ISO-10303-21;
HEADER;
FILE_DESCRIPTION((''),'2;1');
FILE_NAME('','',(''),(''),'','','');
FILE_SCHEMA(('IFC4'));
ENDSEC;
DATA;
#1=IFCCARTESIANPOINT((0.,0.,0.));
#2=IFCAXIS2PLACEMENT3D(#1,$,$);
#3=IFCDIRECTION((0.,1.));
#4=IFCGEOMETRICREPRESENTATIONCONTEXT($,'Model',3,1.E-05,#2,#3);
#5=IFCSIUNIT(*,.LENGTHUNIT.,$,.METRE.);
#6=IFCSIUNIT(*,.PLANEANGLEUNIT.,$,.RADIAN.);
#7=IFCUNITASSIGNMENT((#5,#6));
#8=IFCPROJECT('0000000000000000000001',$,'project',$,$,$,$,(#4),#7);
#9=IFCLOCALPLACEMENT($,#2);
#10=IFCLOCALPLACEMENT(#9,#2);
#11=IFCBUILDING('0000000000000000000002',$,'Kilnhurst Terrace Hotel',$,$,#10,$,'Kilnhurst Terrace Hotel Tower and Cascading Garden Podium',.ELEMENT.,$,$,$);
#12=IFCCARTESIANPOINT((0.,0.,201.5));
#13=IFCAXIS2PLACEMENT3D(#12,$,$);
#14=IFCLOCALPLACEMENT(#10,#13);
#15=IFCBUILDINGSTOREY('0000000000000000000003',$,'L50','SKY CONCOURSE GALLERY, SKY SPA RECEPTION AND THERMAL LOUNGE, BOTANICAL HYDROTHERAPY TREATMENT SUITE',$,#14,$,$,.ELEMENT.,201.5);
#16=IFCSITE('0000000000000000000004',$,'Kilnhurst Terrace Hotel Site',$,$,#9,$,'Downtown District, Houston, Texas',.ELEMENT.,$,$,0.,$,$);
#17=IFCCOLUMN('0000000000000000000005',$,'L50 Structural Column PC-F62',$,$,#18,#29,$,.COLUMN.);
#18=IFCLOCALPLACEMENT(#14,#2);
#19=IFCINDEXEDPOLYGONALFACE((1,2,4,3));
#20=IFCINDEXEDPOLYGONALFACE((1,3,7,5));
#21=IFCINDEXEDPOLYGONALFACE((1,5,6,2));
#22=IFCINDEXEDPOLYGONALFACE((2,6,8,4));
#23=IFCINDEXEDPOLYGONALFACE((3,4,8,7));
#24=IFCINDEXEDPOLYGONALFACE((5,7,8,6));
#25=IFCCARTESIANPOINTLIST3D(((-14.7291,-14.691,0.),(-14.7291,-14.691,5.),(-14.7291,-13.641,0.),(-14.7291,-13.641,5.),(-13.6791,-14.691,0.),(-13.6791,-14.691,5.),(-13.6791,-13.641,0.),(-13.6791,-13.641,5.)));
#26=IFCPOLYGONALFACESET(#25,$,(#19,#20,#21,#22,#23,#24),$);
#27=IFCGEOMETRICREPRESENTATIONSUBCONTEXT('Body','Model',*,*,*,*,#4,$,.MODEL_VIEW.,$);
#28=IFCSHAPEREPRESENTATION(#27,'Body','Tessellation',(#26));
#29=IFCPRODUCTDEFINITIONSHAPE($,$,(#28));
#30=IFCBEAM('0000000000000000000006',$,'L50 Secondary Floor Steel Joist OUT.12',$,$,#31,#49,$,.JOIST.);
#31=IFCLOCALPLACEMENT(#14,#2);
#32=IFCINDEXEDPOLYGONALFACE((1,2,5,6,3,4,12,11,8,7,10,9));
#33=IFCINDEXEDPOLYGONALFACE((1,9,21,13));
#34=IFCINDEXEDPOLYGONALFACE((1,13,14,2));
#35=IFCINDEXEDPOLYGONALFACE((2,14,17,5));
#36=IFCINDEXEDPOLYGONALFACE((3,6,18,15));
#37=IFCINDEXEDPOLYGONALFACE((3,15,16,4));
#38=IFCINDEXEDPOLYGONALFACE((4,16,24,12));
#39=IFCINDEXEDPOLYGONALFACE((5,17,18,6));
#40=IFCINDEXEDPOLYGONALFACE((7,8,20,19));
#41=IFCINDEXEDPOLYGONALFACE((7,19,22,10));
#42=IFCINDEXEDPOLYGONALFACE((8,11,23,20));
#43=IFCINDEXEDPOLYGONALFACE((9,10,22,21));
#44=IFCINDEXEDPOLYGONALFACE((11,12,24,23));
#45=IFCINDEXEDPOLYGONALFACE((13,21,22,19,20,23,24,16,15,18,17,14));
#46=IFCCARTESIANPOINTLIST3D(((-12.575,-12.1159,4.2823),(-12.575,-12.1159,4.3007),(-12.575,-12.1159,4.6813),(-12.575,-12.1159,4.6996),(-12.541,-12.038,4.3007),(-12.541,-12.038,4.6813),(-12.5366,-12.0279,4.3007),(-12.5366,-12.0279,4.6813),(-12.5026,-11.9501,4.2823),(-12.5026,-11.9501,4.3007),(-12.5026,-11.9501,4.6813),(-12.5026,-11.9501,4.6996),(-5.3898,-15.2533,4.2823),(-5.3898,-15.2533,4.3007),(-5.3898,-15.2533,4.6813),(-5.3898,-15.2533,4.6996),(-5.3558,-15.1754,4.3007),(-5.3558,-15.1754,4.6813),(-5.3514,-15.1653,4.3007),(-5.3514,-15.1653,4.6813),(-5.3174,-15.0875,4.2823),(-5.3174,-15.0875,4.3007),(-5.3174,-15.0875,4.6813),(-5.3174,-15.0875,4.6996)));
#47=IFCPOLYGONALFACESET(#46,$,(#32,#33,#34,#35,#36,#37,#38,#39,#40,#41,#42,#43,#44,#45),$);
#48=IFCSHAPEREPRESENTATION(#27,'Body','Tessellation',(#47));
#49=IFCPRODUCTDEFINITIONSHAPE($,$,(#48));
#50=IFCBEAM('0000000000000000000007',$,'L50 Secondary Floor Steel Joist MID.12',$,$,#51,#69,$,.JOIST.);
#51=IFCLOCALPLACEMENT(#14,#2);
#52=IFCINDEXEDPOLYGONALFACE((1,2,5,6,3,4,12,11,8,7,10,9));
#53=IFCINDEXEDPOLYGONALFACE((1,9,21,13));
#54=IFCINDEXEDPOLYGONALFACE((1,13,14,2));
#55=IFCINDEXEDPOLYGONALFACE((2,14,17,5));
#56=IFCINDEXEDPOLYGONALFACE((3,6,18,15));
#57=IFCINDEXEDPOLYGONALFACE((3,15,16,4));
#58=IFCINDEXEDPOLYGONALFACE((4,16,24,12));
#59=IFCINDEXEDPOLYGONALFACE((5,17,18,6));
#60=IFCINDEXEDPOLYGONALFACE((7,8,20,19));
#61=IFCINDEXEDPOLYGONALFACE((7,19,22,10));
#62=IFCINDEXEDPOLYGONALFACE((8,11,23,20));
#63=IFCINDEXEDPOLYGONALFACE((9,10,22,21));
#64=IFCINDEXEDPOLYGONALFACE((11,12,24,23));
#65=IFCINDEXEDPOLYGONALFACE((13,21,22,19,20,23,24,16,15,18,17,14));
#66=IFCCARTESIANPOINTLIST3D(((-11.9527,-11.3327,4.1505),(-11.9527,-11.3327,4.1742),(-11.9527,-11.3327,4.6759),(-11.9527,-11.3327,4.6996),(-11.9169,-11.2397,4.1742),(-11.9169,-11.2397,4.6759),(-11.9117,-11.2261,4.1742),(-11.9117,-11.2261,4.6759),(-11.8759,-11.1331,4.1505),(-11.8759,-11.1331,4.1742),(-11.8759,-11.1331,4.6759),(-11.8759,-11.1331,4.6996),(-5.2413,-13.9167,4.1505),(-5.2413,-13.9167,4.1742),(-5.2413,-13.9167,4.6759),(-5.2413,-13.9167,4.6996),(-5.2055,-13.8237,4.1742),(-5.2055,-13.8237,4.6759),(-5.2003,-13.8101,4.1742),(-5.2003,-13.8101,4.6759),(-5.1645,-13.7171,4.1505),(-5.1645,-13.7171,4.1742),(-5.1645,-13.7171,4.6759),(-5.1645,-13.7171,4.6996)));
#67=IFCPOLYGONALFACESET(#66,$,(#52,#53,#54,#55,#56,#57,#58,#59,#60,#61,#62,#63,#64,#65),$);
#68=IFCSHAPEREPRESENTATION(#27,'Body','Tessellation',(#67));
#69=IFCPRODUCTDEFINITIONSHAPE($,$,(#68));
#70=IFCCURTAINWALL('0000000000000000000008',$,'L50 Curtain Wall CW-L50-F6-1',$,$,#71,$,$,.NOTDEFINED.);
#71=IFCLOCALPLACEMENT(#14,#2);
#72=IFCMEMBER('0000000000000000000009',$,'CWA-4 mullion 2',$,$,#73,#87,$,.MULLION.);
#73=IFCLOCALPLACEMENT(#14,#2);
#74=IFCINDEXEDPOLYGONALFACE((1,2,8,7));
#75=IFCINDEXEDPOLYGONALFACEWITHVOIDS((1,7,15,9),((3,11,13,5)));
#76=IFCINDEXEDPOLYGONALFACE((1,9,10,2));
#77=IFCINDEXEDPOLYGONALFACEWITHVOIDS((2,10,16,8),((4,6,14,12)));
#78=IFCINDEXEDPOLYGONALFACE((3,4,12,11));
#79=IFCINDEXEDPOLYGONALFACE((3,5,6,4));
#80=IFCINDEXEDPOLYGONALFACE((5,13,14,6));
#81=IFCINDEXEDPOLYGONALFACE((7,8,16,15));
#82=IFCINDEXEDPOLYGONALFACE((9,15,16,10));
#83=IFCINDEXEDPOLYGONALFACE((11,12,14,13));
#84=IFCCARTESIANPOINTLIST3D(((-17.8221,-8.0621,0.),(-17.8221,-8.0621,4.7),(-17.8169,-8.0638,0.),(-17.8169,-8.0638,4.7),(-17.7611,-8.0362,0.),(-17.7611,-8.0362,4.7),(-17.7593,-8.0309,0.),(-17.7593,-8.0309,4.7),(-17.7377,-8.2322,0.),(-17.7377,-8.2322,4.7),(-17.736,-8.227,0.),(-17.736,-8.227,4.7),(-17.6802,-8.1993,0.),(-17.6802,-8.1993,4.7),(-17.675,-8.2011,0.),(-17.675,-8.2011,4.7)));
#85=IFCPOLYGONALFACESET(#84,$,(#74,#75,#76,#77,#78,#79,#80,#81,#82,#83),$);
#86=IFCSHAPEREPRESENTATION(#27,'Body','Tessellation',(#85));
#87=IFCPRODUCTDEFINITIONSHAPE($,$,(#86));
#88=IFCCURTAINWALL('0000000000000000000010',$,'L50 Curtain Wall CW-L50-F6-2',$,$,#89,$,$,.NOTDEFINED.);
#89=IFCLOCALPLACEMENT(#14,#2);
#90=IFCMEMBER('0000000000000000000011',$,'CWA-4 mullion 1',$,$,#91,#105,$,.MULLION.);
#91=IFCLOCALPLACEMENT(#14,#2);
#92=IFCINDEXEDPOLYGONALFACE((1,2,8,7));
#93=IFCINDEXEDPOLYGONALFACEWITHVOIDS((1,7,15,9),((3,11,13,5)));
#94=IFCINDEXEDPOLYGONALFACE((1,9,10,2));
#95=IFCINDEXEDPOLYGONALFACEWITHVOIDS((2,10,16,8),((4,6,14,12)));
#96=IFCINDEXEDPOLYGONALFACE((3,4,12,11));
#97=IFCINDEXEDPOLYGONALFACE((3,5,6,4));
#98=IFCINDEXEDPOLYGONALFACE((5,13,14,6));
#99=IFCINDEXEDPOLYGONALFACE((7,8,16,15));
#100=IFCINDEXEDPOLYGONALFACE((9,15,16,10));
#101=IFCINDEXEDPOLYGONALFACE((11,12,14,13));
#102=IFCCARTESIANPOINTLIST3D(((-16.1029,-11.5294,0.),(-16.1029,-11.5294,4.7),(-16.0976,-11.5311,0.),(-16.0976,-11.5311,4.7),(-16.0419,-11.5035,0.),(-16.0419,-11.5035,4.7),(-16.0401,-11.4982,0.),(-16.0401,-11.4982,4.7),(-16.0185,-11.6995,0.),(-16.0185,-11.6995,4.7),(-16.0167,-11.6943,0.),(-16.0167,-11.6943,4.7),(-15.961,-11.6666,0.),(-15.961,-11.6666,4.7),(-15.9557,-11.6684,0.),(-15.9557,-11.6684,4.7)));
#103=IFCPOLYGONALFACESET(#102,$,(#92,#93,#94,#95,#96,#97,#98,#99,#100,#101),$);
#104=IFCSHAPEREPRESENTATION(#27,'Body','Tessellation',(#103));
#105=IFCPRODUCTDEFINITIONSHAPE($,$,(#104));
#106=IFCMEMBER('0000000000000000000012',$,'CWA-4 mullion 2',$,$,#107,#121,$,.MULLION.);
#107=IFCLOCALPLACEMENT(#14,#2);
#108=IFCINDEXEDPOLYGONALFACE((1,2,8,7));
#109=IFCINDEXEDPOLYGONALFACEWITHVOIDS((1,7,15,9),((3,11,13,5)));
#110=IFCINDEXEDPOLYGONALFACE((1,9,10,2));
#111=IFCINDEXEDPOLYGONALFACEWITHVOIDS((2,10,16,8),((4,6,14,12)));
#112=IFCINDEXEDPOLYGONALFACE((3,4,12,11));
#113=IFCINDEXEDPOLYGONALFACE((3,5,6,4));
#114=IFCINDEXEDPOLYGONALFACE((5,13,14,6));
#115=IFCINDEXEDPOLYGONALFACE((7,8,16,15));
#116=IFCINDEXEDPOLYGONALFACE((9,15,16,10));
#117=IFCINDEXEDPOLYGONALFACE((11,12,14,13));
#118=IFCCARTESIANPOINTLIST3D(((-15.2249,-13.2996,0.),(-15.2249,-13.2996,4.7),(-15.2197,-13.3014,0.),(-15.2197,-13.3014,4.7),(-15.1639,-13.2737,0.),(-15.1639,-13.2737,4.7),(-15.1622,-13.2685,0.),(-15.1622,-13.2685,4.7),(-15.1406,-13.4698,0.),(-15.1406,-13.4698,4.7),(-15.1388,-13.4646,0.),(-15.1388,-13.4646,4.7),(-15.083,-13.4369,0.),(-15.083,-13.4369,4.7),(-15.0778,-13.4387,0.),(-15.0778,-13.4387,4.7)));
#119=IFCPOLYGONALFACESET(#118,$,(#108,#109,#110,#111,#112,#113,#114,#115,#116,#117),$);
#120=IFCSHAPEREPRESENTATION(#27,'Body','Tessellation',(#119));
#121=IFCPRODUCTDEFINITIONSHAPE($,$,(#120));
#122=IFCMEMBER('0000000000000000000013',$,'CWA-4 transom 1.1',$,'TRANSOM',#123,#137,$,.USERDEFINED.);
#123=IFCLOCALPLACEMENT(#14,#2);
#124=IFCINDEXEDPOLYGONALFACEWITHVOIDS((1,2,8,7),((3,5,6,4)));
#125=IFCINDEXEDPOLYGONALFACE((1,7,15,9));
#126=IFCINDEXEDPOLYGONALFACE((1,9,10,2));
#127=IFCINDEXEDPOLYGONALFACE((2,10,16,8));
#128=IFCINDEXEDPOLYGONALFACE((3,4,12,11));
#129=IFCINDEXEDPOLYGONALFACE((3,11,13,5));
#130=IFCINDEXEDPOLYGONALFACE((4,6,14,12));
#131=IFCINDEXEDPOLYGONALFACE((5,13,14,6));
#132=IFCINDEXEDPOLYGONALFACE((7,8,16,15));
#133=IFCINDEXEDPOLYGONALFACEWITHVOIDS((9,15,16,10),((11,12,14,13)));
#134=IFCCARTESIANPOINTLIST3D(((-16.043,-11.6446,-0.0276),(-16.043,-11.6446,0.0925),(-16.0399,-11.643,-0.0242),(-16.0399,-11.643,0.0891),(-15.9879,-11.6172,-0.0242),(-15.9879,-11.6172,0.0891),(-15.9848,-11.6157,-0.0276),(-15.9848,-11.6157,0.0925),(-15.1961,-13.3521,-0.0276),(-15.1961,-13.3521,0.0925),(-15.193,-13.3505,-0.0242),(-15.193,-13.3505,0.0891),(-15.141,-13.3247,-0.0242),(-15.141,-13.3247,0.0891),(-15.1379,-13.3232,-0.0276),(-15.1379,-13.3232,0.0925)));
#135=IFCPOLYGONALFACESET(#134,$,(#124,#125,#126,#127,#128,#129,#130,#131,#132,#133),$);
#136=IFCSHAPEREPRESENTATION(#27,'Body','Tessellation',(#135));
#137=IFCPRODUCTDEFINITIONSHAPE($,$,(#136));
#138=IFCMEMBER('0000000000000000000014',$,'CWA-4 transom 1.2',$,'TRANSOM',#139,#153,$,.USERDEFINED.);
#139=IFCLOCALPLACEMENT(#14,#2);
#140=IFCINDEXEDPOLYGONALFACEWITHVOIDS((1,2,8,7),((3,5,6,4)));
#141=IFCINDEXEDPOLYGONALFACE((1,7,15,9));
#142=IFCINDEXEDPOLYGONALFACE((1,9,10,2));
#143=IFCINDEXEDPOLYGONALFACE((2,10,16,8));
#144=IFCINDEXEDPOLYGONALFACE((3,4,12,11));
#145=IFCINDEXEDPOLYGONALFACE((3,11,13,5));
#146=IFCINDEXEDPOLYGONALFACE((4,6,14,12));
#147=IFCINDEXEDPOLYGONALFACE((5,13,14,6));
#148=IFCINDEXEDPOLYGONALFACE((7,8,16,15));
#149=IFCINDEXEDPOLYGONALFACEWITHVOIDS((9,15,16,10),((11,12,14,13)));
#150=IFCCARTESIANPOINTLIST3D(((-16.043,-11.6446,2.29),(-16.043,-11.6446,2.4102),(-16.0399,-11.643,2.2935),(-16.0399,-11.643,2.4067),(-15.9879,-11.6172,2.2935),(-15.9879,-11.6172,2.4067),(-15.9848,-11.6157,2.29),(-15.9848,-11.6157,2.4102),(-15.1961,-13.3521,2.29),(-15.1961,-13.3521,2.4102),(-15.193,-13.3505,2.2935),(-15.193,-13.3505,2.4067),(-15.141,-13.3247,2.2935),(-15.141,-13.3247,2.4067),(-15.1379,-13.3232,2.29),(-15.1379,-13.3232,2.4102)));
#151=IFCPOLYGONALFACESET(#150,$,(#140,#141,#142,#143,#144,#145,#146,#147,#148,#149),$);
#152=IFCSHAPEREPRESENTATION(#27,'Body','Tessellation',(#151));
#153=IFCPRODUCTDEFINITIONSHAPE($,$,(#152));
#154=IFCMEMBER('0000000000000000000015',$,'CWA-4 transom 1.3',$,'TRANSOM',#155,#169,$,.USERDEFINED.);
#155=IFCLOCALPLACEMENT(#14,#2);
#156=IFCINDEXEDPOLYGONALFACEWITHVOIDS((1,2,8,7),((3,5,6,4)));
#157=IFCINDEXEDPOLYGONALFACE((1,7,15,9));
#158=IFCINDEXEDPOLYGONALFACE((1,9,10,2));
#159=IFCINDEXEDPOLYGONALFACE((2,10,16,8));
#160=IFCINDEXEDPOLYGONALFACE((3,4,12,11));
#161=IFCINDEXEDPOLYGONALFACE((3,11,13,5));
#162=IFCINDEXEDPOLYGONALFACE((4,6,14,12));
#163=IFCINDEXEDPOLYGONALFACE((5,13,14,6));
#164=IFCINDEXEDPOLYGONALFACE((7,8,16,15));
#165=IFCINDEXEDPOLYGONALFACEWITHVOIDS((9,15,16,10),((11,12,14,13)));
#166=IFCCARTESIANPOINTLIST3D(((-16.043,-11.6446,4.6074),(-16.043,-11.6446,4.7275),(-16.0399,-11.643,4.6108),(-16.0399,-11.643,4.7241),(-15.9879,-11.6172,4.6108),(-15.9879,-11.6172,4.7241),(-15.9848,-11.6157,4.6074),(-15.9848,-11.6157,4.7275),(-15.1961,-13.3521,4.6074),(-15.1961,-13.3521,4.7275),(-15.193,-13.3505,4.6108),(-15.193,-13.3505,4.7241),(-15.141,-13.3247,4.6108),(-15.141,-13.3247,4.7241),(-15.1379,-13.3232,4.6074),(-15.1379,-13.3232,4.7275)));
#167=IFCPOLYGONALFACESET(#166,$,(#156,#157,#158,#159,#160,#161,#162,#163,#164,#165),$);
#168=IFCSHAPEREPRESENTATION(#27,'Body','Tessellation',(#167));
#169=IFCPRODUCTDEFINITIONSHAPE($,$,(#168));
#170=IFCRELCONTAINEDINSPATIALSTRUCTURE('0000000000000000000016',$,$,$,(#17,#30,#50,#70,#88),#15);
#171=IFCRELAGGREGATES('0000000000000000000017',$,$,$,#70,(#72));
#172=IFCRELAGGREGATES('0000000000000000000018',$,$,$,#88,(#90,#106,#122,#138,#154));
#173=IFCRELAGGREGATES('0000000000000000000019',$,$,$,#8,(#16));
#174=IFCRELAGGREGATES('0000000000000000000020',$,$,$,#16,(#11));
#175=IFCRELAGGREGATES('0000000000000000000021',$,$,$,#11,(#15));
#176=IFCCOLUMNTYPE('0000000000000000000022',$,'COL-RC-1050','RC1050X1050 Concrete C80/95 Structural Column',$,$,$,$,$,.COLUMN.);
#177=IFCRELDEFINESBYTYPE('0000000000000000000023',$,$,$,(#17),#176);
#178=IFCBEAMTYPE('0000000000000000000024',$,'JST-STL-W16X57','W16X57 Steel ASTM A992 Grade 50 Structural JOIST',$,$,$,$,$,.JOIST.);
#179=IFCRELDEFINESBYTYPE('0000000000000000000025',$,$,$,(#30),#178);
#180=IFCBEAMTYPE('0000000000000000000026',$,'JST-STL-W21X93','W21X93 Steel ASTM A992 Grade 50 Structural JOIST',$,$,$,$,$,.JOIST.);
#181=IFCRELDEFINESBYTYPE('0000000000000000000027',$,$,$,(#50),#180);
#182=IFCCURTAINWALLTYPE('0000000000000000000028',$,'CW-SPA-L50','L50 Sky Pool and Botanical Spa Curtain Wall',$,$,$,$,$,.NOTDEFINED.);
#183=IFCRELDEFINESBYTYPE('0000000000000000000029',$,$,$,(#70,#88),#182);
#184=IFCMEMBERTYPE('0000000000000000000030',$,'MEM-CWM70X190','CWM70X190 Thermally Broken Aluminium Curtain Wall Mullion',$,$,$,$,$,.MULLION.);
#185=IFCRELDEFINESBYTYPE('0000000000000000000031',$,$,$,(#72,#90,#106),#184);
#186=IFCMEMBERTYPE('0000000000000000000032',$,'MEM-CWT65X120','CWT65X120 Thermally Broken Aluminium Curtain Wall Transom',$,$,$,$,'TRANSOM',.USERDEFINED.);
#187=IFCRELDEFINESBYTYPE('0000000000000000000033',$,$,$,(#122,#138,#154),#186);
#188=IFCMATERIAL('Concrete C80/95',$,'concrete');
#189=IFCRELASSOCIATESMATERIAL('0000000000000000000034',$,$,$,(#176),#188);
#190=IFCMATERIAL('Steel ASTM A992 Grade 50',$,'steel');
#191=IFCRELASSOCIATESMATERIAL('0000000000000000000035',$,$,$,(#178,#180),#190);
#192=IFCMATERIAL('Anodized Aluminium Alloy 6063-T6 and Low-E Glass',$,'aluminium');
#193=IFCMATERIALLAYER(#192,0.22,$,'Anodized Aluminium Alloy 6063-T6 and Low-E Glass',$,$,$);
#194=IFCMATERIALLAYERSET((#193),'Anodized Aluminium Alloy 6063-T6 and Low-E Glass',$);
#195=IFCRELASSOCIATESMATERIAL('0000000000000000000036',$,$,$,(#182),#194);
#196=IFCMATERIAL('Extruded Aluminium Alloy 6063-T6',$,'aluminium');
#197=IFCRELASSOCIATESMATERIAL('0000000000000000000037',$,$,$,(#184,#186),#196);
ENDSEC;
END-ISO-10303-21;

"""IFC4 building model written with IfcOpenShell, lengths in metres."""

from ifc_helpers import new_model, si_unit, direction, frame, origin, origin_2d, place, context, subcontext, project, spatial, rectangle, hollow_rectangle, i_section, extrude, material, layer, layer_set, material_profile, profile_set, type_object, element, aggregate, save


model = new_model("IFC4")

# Units and contexts
model_context = context("Model", 3, precision=1e-05, world=origin(), true_north=direction((0.0, 1.0)))
body_context = subcontext(model_context, "Body", "Model", "MODEL_VIEW")
ifc_project = project(units=[si_unit("LENGTHUNIT", "METRE"), si_unit("PLANEANGLEUNIT", "RADIAN")], contexts=[model_context])

# Site, building, storey
site_placement = place(None, origin())
site = spatial("IfcSite", under=ifc_project, at=site_placement, Name="Kilnhurst Terrace Hotel Site", LongName="Downtown District, Houston, Texas", CompositionType="ELEMENT", RefElevation=0.0)
building_placement = place(site_placement, origin())
building = spatial("IfcBuilding", under=site, at=building_placement, Name="Kilnhurst Terrace Hotel", LongName="Kilnhurst Terrace Hotel Tower and Cascading Garden Podium", CompositionType="ELEMENT")
storey_placement = place(building_placement, frame((0.0, 0.0, 201.5)))
storey = spatial("IfcBuildingStorey", under=building, at=storey_placement, Name="L50", Description="SKY CONCOURSE GALLERY, SKY SPA RECEPTION AND THERMAL LOUNGE, BOTANICAL HYDROTHERAPY TREATMENT SUITE", CompositionType="ELEMENT", Elevation=201.5)

# Column
ifc_material_1 = material(Name="Concrete C80/95", Category="concrete")
ifc_material_profile_1 = material_profile(ifc_material_1, rectangle(XDim=1.05, YDim=1.05, at=origin_2d()), Name="RC1050X1050")
ifc_profile_set_1 = profile_set([ifc_material_profile_1], Name="Concrete C80/95")
column_type = type_object("IfcColumnType", Name="COL-RC-1050", Description="RC1050X1050 Concrete C80/95 Structural Column", PredefinedType="COLUMN", material=ifc_profile_set_1)
column_placement = place(storey_placement, frame((-14.2041, -14.166, 0.0), z_axis=(0.0, 0.0, 1.0), x_axis=(1.0, 0.0, 0.0)))
element("IfcColumn", 1, at=column_placement, inside=storey, type_object=column_type, Name="L50 Structural Column PC-F62", PredefinedType="COLUMN", context=body_context, shape_type="SweptSolid", body=[
    extrude(rectangle(XDim=1.05, YDim=1.05, at=origin_2d()), origin(), (0.0, 0.0, 1.0), 5.0),
])

# Beams
ifc_material_2 = material(Name="Steel ASTM A992 Grade 50", Category="steel")
ifc_material_profile_2 = material_profile(ifc_material_2, i_section(OverallWidth=0.1809, OverallDepth=0.4172, WebThickness=0.011, FlangeThickness=0.0183, at=origin_2d()), Name="W16X57")
ifc_profile_set_2 = profile_set([ifc_material_profile_2], Name="Steel ASTM A992 Grade 50")
beam_type_1 = type_object("IfcBeamType", Name="JST-STL-W16X57", Description="W16X57 Steel ASTM A992 Grade 50 Structural JOIST", PredefinedType="JOIST", material=ifc_profile_set_2)
beam_1_placement = place(storey_placement, frame((-12.5388, -12.033, 4.491), z_axis=(0.916444, -0.400164, 0.0), x_axis=(0.400164, 0.916444, 0.0)))
element("IfcBeam", 2, at=beam_1_placement, inside=storey, type_object=beam_type_1, Name="L50 Secondary Floor Steel Joist OUT.12", PredefinedType="JOIST", context=body_context, shape_type="SweptSolid", body=[
    extrude(i_section(OverallWidth=0.1809, OverallDepth=0.4172, WebThickness=0.011, FlangeThickness=0.0183, at=origin_2d()), origin(), (0.0, 0.0, 1.0), 7.8403),
])
ifc_material_profile_3 = material_profile(ifc_material_2, i_section(OverallWidth=0.2139, OverallDepth=0.5491, WebThickness=0.0146, FlangeThickness=0.0237, at=origin_2d()), Name="W21X93")
ifc_profile_set_3 = profile_set([ifc_material_profile_3], Name="Steel ASTM A992 Grade 50")
beam_type_2 = type_object("IfcBeamType", Name="JST-STL-W21X93", Description="W21X93 Steel ASTM A992 Grade 50 Structural JOIST", PredefinedType="JOIST", material=ifc_profile_set_3)
beam_2_placement = place(storey_placement, frame((-11.9143, -11.2329, 4.425), z_axis=(0.933221, -0.359302, 0.0), x_axis=(0.359302, 0.933221, 0.0)))
element("IfcBeam", 3, at=beam_2_placement, inside=storey, type_object=beam_type_2, Name="L50 Secondary Floor Steel Joist MID.12", PredefinedType="JOIST", context=body_context, shape_type="SweptSolid", body=[
    extrude(i_section(OverallWidth=0.2139, OverallDepth=0.5491, WebThickness=0.0146, FlangeThickness=0.0237, at=origin_2d()), origin(), (0.0, 0.0, 1.0), 7.1917),
])

# Curtain wall, member
ifc_material_3 = material(Name="Anodized Aluminium Alloy 6063-T6 and Low-E Glass", Category="aluminium")
ifc_layer_1 = layer(ifc_material_3, 0.22, Name="Anodized Aluminium Alloy 6063-T6 and Low-E Glass")
ifc_layer_set_1 = layer_set([ifc_layer_1], Name="Anodized Aluminium Alloy 6063-T6 and Low-E Glass")
curtain_wall_type = type_object("IfcCurtainWallType", Name="CW-SPA-L50", Description="L50 Sky Pool and Botanical Spa Curtain Wall", PredefinedType="NOTDEFINED", material=ifc_layer_set_1)
curtain_wall_1_placement = place(storey_placement, origin())
curtain_wall_1 = element("IfcCurtainWall", 4, at=curtain_wall_1_placement, inside=storey, type_object=curtain_wall_type, Name="L50 Curtain Wall CW-L50-F6-1", PredefinedType="NOTDEFINED")
ifc_material_4 = material(Name="Extruded Aluminium Alloy 6063-T6", Category="aluminium")
ifc_material_profile_4 = material_profile(ifc_material_4, hollow_rectangle(XDim=0.0701, YDim=0.1899, WallThickness=0.0039, at=origin_2d()), Name="CWM70X190")
ifc_profile_set_4 = profile_set([ifc_material_profile_4], Name="Extruded Aluminium Alloy 6063-T6")
member_type_1 = type_object("IfcMemberType", Name="MEM-CWM70X190", Description="CWM70X190 Thermally Broken Aluminium Curtain Wall Mullion", PredefinedType="MULLION", material=ifc_profile_set_4)
member_1_placement = place(storey_placement, frame((-17.7485, -8.1316, 0.0), z_axis=(0.0, 0.0, 1.0), x_axis=(0.895908, 0.444239, 0.0)))
member_1 = element("IfcMember", 5, at=member_1_placement, type_object=member_type_1, Name="CWA-4 mullion 2", PredefinedType="MULLION", context=body_context, shape_type="SweptSolid", body=[
    extrude(hollow_rectangle(XDim=0.0701, YDim=0.1899, WallThickness=0.0039, at=origin_2d()), origin(), (0.0, 0.0, 1.0), 4.7),
])
aggregate(curtain_wall_1, [member_1])

# Curtain wall, members
curtain_wall_2_placement = place(storey_placement, origin())
curtain_wall_2 = element("IfcCurtainWall", 6, at=curtain_wall_2_placement, inside=storey, type_object=curtain_wall_type, Name="L50 Curtain Wall CW-L50-F6-2", PredefinedType="NOTDEFINED")
member_2_placement = place(storey_placement, frame((-16.0293, -11.5989, 0.0), z_axis=(0.0, 0.0, 1.0), x_axis=(0.895889, 0.444279, 0.0)))
member_2 = element("IfcMember", 7, at=member_2_placement, type_object=member_type_1, Name="CWA-4 mullion 1", PredefinedType="MULLION", context=body_context, shape_type="SweptSolid", body=[
    extrude(hollow_rectangle(XDim=0.0701, YDim=0.1899, WallThickness=0.0039, at=origin_2d()), origin(), (0.0, 0.0, 1.0), 4.7),
])
member_3_placement = place(storey_placement, frame((-15.1514, -13.3691, 0.0), z_axis=(0.0, 0.0, 1.0), x_axis=(0.895889, 0.444279, 0.0)))
member_3 = element("IfcMember", 8, at=member_3_placement, type_object=member_type_1, Name="CWA-4 mullion 2", PredefinedType="MULLION", context=body_context, shape_type="SweptSolid", body=[
    extrude(hollow_rectangle(XDim=0.0701, YDim=0.1899, WallThickness=0.0039, at=origin_2d()), origin(), (0.0, 0.0, 1.0), 4.7),
])
ifc_material_profile_5 = material_profile(ifc_material_4, hollow_rectangle(XDim=0.0649, YDim=0.1201, WallThickness=0.0034, at=origin_2d()), Name="CWT65X120")
ifc_profile_set_5 = profile_set([ifc_material_profile_5], Name="Extruded Aluminium Alloy 6063-T6")
member_type_2 = type_object("IfcMemberType", Name="MEM-CWT65X120", Description="CWT65X120 Thermally Broken Aluminium Curtain Wall Transom", ElementType="TRANSOM", PredefinedType="USERDEFINED", material=ifc_profile_set_5)
member_4_placement = place(storey_placement, frame((-16.0139, -11.6301, 0.0325), z_axis=(0.444342, -0.895857, 0.0), x_axis=(0.895857, 0.444342, 0.0)))
member_4 = element("IfcMember", 9, at=member_4_placement, type_object=member_type_2, Name="CWA-4 transom 1.1", ObjectType="TRANSOM", PredefinedType="USERDEFINED", context=body_context, shape_type="SweptSolid", body=[
    extrude(hollow_rectangle(XDim=0.0649, YDim=0.1201, WallThickness=0.0034, at=origin_2d()), origin(), (0.0, 0.0, 1.0), 1.906),
])
member_5_placement = place(storey_placement, frame((-16.0139, -11.6301, 2.3501), z_axis=(0.444342, -0.895857, 0.0), x_axis=(0.895857, 0.444342, 0.0)))
member_5 = element("IfcMember", 10, at=member_5_placement, type_object=member_type_2, Name="CWA-4 transom 1.2", ObjectType="TRANSOM", PredefinedType="USERDEFINED", context=body_context, shape_type="SweptSolid", body=[
    extrude(hollow_rectangle(XDim=0.0649, YDim=0.1201, WallThickness=0.0034, at=origin_2d()), origin(), (0.0, 0.0, 1.0), 1.906),
])
member_6_placement = place(storey_placement, frame((-16.0139, -11.6301, 4.6675), z_axis=(0.444342, -0.895857, 0.0), x_axis=(0.895857, 0.444342, 0.0)))
member_6 = element("IfcMember", 11, at=member_6_placement, type_object=member_type_2, Name="CWA-4 transom 1.3", ObjectType="TRANSOM", PredefinedType="USERDEFINED", context=body_context, shape_type="SweptSolid", body=[
    extrude(hollow_rectangle(XDim=0.0649, YDim=0.1201, WallThickness=0.0034, at=origin_2d()), origin(), (0.0, 0.0, 1.0), 1.906),
])

aggregate(curtain_wall_2, [member_2, member_3, member_4, member_5, member_6])

save(model, "model.ifc")
